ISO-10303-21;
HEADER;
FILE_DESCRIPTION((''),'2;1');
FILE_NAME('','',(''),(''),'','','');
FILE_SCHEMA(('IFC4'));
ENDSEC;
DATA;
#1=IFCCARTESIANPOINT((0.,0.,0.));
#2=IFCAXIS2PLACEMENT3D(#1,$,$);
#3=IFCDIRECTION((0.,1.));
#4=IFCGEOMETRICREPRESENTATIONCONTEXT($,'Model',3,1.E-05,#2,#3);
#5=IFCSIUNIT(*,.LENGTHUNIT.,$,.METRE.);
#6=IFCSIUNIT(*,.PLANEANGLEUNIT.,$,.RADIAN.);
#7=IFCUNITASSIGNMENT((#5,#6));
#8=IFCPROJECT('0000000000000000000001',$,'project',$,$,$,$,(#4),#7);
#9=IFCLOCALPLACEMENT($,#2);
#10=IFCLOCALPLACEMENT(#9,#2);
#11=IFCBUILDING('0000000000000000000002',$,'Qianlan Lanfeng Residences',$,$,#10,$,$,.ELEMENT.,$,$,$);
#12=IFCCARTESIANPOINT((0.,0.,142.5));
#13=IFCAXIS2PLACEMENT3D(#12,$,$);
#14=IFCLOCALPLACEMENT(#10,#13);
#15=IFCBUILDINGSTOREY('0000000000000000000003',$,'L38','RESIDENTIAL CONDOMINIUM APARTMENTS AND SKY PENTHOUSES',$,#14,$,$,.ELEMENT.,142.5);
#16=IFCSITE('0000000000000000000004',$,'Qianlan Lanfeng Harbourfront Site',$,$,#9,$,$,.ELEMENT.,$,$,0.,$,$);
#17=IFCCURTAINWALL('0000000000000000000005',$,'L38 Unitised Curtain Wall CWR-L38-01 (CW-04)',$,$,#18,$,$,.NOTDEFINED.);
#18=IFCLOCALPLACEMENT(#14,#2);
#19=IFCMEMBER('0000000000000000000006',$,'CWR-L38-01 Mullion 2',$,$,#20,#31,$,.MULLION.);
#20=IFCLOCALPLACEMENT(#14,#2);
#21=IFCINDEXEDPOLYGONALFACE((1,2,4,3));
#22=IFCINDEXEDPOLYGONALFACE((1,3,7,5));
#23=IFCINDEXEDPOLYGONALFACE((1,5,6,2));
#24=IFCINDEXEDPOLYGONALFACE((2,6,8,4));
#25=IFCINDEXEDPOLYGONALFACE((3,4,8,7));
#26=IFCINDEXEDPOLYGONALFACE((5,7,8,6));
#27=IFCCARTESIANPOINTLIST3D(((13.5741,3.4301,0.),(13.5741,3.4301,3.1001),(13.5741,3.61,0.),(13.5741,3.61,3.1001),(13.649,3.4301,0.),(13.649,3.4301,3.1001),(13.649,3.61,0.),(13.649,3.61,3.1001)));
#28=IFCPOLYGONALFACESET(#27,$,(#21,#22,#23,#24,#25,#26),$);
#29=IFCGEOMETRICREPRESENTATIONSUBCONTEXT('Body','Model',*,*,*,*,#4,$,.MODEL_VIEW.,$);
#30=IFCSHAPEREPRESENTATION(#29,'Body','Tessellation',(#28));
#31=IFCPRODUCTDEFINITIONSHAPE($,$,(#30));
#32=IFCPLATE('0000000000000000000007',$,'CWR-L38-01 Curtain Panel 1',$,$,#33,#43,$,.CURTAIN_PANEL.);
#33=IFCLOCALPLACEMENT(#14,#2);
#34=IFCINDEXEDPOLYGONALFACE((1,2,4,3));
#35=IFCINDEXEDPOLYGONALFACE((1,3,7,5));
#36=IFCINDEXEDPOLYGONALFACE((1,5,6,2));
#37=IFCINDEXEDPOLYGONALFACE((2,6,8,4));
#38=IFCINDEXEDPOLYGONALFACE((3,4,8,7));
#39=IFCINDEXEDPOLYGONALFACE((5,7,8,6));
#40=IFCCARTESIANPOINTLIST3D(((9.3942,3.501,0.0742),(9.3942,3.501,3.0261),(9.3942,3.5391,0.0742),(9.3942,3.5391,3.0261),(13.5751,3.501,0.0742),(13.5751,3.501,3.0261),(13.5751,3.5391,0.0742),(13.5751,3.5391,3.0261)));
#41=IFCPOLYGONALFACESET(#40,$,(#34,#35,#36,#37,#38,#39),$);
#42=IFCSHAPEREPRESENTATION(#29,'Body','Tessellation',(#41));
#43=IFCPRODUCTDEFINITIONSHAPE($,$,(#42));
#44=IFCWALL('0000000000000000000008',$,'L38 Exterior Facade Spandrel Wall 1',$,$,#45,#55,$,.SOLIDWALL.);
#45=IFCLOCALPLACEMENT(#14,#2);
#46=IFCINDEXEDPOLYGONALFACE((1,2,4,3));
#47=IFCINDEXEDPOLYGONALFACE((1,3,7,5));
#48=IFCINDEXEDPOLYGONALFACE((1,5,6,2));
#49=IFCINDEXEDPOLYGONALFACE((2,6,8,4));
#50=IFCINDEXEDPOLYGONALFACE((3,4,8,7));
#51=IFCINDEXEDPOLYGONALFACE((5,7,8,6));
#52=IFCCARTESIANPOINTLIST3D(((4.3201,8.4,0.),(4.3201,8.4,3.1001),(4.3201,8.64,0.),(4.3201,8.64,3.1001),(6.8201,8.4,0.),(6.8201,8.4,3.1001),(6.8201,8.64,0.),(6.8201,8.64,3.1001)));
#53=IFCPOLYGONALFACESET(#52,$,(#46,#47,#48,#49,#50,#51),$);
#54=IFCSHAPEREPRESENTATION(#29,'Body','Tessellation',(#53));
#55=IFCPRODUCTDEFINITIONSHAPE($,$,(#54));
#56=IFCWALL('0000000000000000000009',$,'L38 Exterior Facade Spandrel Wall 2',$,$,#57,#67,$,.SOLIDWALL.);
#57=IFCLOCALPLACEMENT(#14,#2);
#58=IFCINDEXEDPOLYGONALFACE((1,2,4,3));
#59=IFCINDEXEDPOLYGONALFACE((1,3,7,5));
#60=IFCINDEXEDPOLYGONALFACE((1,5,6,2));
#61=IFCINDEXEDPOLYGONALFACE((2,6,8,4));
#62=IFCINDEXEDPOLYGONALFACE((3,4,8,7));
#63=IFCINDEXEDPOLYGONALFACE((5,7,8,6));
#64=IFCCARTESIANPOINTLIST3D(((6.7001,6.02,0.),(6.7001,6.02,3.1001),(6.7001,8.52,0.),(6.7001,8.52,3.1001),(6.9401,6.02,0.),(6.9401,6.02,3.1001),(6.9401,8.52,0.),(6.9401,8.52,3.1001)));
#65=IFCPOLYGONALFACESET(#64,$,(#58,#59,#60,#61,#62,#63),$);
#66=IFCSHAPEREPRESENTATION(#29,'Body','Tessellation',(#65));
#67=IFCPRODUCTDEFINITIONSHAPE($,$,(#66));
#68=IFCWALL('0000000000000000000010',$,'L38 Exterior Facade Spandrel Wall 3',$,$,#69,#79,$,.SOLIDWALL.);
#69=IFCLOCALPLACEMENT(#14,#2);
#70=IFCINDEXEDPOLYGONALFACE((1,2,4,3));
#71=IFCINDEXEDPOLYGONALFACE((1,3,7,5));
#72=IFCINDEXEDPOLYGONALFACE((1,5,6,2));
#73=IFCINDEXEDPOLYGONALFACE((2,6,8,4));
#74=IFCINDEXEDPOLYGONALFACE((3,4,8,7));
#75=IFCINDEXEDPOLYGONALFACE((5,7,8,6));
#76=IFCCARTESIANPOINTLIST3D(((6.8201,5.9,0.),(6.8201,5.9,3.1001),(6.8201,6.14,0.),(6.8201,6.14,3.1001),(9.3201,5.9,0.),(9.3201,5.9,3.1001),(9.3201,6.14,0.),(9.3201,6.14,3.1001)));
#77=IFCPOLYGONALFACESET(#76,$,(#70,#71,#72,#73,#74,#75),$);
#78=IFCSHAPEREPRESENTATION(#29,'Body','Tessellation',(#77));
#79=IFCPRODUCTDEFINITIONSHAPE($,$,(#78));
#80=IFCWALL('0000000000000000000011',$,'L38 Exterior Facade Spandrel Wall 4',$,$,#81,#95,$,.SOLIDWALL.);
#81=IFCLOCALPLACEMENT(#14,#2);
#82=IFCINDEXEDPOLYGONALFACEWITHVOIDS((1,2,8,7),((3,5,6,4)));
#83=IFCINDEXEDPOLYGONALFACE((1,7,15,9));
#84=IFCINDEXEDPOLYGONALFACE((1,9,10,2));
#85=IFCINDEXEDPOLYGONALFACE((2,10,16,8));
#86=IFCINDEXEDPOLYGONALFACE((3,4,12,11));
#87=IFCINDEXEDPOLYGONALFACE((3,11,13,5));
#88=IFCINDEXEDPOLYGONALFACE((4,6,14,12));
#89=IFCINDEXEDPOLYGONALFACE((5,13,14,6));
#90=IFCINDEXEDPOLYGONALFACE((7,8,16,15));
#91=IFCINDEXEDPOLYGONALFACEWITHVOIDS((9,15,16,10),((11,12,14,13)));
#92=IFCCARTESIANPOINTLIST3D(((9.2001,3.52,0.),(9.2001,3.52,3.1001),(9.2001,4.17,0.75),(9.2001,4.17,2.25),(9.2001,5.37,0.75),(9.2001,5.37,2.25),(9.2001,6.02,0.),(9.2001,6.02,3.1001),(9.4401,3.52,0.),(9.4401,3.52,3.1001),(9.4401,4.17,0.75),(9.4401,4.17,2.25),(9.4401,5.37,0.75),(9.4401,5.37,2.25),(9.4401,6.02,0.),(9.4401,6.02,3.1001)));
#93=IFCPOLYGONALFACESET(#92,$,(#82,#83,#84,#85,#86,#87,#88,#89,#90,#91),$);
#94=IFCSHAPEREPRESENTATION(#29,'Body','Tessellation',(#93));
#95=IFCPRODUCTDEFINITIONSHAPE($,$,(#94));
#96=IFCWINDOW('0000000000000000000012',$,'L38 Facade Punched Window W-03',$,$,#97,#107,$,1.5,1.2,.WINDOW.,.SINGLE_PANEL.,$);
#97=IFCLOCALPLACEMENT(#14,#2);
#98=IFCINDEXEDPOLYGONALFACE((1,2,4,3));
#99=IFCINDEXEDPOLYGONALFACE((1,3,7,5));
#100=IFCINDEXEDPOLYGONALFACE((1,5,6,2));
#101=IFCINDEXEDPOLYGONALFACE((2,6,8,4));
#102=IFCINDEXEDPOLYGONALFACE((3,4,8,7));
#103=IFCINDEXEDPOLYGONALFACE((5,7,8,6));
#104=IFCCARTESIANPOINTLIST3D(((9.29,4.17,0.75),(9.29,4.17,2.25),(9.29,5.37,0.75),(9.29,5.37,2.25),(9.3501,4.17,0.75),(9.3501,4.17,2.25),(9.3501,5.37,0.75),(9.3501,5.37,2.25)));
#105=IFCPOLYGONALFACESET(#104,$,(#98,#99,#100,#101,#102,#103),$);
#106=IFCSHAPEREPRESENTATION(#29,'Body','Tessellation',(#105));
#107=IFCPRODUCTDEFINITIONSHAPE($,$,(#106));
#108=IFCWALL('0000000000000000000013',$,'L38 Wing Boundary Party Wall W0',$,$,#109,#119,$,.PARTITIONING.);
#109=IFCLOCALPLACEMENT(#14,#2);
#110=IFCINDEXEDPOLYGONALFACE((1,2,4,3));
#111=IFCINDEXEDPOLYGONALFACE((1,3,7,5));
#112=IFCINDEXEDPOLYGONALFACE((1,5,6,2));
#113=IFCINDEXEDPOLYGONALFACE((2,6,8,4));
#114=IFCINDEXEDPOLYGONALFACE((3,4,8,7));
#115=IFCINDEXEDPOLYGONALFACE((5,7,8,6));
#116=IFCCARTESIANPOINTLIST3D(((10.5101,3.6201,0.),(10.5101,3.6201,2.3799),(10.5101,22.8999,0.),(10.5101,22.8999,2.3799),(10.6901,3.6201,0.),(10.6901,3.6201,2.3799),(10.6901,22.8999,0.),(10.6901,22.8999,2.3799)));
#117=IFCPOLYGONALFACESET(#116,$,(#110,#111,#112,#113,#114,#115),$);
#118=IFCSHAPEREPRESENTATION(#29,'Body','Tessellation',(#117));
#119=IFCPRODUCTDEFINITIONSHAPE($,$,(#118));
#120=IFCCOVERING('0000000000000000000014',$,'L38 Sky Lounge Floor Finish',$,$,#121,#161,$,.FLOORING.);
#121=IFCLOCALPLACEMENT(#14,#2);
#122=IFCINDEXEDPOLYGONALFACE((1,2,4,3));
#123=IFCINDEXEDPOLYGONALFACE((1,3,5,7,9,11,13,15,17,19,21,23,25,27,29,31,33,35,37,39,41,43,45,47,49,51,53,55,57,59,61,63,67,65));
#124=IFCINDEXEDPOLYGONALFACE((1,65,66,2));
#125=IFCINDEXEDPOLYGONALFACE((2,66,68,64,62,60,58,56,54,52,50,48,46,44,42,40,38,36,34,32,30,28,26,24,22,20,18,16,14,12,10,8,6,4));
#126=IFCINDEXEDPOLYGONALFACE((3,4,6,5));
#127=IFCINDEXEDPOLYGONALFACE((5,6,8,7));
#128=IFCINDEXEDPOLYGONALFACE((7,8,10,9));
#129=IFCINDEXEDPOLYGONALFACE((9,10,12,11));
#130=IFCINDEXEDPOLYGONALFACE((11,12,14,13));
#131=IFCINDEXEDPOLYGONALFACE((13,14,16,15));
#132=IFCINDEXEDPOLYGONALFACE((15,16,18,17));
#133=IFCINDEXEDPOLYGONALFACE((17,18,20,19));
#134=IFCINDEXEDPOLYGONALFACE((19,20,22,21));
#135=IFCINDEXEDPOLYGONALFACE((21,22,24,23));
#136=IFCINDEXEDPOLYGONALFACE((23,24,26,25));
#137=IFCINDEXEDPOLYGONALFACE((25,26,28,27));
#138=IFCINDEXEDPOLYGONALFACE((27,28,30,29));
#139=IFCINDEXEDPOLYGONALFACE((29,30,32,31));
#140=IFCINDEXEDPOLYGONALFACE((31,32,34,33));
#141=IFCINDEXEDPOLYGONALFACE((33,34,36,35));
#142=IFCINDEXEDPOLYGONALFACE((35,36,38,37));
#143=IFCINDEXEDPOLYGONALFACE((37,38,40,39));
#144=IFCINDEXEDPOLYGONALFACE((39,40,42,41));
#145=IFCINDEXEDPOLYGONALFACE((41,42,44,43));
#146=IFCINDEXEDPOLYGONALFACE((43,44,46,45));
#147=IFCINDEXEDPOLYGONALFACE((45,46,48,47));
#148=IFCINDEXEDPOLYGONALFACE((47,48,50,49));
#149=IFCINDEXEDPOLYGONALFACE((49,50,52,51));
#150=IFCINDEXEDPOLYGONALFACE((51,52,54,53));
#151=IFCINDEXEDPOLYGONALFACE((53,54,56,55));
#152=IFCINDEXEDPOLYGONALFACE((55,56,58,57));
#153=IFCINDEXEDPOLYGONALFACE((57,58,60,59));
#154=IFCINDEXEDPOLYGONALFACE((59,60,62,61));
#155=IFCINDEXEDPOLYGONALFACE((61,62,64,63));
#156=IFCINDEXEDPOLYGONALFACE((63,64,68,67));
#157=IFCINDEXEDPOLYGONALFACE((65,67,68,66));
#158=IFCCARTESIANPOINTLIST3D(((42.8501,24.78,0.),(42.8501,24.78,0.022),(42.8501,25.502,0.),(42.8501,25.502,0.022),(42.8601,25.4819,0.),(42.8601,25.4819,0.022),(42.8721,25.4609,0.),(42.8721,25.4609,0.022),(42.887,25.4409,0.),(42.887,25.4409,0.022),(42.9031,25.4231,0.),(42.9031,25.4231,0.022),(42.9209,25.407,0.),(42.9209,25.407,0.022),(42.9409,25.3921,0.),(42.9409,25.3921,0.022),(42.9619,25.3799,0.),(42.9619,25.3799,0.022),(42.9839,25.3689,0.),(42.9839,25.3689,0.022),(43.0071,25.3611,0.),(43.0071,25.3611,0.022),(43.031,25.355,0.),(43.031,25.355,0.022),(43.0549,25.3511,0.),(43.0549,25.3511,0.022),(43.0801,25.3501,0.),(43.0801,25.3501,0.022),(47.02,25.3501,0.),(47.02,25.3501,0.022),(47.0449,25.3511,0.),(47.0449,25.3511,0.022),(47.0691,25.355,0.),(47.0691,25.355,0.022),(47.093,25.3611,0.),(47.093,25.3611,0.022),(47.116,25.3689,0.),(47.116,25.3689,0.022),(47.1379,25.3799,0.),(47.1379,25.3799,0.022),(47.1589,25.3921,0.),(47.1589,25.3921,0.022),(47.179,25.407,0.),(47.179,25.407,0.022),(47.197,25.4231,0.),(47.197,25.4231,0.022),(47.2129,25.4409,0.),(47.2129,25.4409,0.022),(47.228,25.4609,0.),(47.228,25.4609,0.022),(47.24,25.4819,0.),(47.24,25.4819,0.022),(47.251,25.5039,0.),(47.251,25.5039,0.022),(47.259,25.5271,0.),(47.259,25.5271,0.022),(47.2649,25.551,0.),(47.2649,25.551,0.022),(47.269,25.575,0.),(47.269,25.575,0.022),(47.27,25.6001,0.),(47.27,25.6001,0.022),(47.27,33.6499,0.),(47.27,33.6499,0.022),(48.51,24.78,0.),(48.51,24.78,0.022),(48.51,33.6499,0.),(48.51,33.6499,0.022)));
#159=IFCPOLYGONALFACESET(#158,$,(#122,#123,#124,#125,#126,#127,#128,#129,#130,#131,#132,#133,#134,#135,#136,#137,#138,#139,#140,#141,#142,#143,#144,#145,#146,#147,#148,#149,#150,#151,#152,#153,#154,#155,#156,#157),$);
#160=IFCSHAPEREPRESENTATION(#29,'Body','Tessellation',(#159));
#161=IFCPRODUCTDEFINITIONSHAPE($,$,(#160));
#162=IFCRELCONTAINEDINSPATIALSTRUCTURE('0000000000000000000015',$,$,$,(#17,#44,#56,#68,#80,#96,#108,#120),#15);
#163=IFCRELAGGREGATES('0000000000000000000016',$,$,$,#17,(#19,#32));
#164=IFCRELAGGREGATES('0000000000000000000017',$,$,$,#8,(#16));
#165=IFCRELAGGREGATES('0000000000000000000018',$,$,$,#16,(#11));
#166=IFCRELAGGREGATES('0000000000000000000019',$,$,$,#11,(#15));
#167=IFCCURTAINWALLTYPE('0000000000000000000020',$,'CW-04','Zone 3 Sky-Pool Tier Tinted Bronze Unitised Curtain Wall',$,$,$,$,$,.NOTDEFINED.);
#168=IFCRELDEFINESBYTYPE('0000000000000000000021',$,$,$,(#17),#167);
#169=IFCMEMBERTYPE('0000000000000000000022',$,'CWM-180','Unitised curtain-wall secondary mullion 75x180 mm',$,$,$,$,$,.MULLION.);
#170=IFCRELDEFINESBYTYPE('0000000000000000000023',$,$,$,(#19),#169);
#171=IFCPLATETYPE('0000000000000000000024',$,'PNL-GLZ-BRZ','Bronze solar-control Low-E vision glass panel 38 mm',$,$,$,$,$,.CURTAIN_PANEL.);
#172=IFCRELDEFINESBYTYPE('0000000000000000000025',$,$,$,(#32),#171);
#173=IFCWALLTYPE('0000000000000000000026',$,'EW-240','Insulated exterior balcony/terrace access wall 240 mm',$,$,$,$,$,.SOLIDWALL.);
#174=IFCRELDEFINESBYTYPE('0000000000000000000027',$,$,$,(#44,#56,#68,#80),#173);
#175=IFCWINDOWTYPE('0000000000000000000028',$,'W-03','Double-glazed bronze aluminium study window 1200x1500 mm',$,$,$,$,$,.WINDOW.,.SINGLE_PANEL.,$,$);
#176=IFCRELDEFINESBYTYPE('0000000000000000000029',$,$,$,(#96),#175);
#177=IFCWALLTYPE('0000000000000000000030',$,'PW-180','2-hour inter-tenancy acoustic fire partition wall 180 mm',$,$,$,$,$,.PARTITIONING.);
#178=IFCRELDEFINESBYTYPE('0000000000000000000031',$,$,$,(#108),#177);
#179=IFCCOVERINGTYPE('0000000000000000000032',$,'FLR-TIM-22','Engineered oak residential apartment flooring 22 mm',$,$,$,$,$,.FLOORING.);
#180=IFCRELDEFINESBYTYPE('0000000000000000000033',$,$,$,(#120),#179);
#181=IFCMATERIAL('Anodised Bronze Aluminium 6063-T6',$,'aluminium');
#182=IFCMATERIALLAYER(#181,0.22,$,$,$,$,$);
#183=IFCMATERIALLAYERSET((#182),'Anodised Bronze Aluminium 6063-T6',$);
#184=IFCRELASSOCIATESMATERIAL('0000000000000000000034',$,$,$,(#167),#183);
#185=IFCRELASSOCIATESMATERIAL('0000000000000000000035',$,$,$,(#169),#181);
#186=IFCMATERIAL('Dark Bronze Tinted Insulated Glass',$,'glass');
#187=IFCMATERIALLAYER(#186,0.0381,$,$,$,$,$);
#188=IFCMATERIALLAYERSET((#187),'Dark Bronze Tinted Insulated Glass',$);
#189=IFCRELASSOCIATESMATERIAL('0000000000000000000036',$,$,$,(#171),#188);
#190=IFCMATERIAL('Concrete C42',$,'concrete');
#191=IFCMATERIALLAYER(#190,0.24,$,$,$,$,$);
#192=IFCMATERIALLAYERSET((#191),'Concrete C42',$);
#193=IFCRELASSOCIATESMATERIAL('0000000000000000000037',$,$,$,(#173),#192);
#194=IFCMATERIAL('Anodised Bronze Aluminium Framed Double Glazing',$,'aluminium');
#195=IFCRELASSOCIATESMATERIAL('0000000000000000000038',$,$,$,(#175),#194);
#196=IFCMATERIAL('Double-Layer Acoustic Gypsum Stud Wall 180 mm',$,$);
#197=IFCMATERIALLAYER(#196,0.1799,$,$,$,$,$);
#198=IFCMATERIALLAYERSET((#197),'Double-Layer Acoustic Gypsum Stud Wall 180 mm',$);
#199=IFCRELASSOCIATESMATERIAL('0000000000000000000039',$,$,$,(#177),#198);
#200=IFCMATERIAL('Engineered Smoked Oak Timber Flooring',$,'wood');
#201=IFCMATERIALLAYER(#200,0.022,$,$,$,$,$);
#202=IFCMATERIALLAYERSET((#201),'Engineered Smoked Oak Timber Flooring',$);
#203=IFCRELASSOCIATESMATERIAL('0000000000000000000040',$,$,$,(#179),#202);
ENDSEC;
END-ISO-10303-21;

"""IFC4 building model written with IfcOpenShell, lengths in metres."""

from ifc_helpers import new_model, si_unit, direction, frame, frame_2d, origin, origin_2d, place, context, subcontext, project, spatial, polyline, rectangle, outline, extrude, source, transform, mapped, material, layer, layer_set, material_profile, profile_set, type_object, element, fill, aggregate, save


model = new_model("IFC4")

# Units and contexts
model_context = context("Model", 3, precision=1e-05, world=origin(), true_north=direction((0.0, 1.0)))
body_context = subcontext(model_context, "Body", "Model", "MODEL_VIEW")
ifc_project = project(units=[si_unit("LENGTHUNIT", "METRE"), si_unit("PLANEANGLEUNIT", "RADIAN")], contexts=[model_context])

# Site, building, storey
site_placement = place(None, origin())
site = spatial("IfcSite", under=ifc_project, at=site_placement, Name="Qianlan Lanfeng Harbourfront Site", CompositionType="ELEMENT", RefElevation=0.0)
building_placement = place(site_placement, origin())
building = spatial("IfcBuilding", under=site, at=building_placement, Name="Qianlan Lanfeng Residences", CompositionType="ELEMENT")
storey_placement = place(building_placement, frame((0.0, 0.0, 142.5)))
storey = spatial("IfcBuildingStorey", under=building, at=storey_placement, Name="L38", Description="RESIDENTIAL CONDOMINIUM APARTMENTS AND SKY PENTHOUSES", CompositionType="ELEMENT", Elevation=142.5)

# Curtain wall, member, plate
ifc_material_1 = material(Name="Anodised Bronze Aluminium 6063-T6", Category="aluminium")
ifc_layer_1 = layer(ifc_material_1, 0.22)
ifc_layer_set_1 = layer_set([ifc_layer_1], Name="Anodised Bronze Aluminium 6063-T6")
curtain_wall_type = type_object("IfcCurtainWallType", Name="CW-04", Description="Zone 3 Sky-Pool Tier Tinted Bronze Unitised Curtain Wall", PredefinedType="NOTDEFINED", material=ifc_layer_set_1)
curtain_wall_placement = place(storey_placement, origin())
curtain_wall = element("IfcCurtainWall", 1, at=curtain_wall_placement, inside=storey, type_object=curtain_wall_type, Name="L38 Unitised Curtain Wall CWR-L38-01 (CW-04)", PredefinedType="NOTDEFINED")
ifc_material_profile_1 = material_profile(ifc_material_1, rectangle(XDim=0.075, YDim=0.1799, at=origin_2d()), Name="ALU MULLION 75x180")
ifc_profile_set_1 = profile_set([ifc_material_profile_1], Name="Anodised Bronze Aluminium 6063-T6")
member_type_1 = type_object("IfcMemberType", Name="CWM-180", Description="Unitised curtain-wall secondary mullion 75x180 mm", PredefinedType="MULLION", material=ifc_profile_set_1)
shared_shape_1 = source(origin(), body_context, "Body", "SweptSolid", [
    extrude(rectangle(XDim=0.075, YDim=0.1799, at=origin_2d()), origin(), (0.0, 0.0, 1.0), 3.1001),
])
member_1_placement = place(storey_placement, frame((13.6116, 3.52, 0.0), z_axis=(0.0, 0.0, 1.0), x_axis=(1.0, 0.0, 0.0)))
member_1 = element("IfcMember", 2, at=member_1_placement, type_object=member_type_1, Name="CWR-L38-01 Mullion 2", PredefinedType="MULLION", context=body_context, shape_type="MappedRepresentation", body=[
    mapped(shared_shape_1, transform((0.0, 0.0, 0.0), scale=1.0)),
])
ifc_material_2 = material(Name="Dark Bronze Tinted Insulated Glass", Category="glass")
ifc_layer_2 = layer(ifc_material_2, 0.0381)
ifc_layer_set_2 = layer_set([ifc_layer_2], Name="Dark Bronze Tinted Insulated Glass")
plate_type = type_object("IfcPlateType", Name="PNL-GLZ-BRZ", Description="Bronze solar-control Low-E vision glass panel 38 mm", PredefinedType="CURTAIN_PANEL", material=ifc_layer_set_2)
shared_shape_2 = source(origin(), body_context, "Body", "SweptSolid", [
    extrude(rectangle(XDim=4.1809, YDim=0.0381, at=origin_2d()), origin(), (0.0, 0.0, 1.0), 2.9519),
])
plate_placement = place(storey_placement, frame((11.4846, 3.52, 0.0742), z_axis=(0.0, 0.0, 1.0), x_axis=(1.0, 0.0, 0.0)))
plate = element("IfcPlate", 3, at=plate_placement, type_object=plate_type, Name="CWR-L38-01 Curtain Panel 1", PredefinedType="CURTAIN_PANEL", context=body_context, shape_type="MappedRepresentation", body=[
    mapped(shared_shape_2, transform((0.0, 0.0, 0.0), scale=1.0)),
])
aggregate(curtain_wall, [member_1, plate])

# Walls
ifc_material_3 = material(Name="Concrete C42", Category="concrete")
ifc_layer_3 = layer(ifc_material_3, 0.24)
ifc_layer_set_3 = layer_set([ifc_layer_3], Name="Concrete C42")
wall_type_1 = type_object("IfcWallType", Name="EW-240", Description="Insulated exterior balcony/terrace access wall 240 mm", PredefinedType="SOLIDWALL", material=ifc_layer_set_3)
for number, where, z_axis, x_axis, name in (
    (4, (4.3201, 8.52, 0.0), (0.0, 0.0, 1.0), (1.0, 0.0, 0.0), "L38 Exterior Facade Spandrel Wall 1"),
    (5, (6.8201, 8.52, 0.0), (0.0, 0.0, 1.0), (0.0, -1.0, 0.0), "L38 Exterior Facade Spandrel Wall 2"),
    (6, (6.8201, 6.02, 0.0), (0.0, 0.0, 1.0), (1.0, 0.0, 0.0), "L38 Exterior Facade Spandrel Wall 3"),
):
    element("IfcWall", number, at=place(storey_placement, frame(where, z_axis=z_axis, x_axis=x_axis)), inside=storey, type_object=wall_type_1, Name=name, PredefinedType="SOLIDWALL", context=body_context, shape_type="SweptSolid", body=[
        extrude(rectangle(XDim=2.5, YDim=0.24, at=frame_2d((1.25, 0.0))), origin(), (0.0, 0.0, 1.0), 3.1001),
    ])

# Wall, opening, window
wall_1_placement = place(storey_placement, frame((9.3201, 6.02, 0.0), z_axis=(0.0, 0.0, 1.0), x_axis=(0.0, -1.0, 0.0)))
wall_1 = element("IfcWall", 7, at=wall_1_placement, inside=storey, type_object=wall_type_1, Name="L38 Exterior Facade Spandrel Wall 4", PredefinedType="SOLIDWALL", context=body_context, shape_type="SweptSolid", body=[
    extrude(rectangle(XDim=2.5, YDim=0.24, at=frame_2d((1.25, 0.0))), origin(), (0.0, 0.0, 1.0), 3.1001),
])
opening_placement = place(wall_1_placement, frame((0.6499, 0.0, 0.75)))
opening = element("IfcOpeningElement", 8, at=opening_placement, cuts=wall_1, PredefinedType="OPENING", context=body_context, shape_type="SweptSolid", body=[
    extrude(rectangle(XDim=1.2, YDim=1.5, at=frame_2d((0.6001, 0.75))), frame((0.0, 0.1299, 0.0), z_axis=(0.0, -1.0, 0.0), x_axis=(1.0, 0.0, 0.0)), (0.0, 0.0, 1.0), 0.26),
])
ifc_material_4 = material(Name="Anodised Bronze Aluminium Framed Double Glazing", Category="aluminium")
window_type = type_object("IfcWindowType", Name="W-03", Description="Double-glazed bronze aluminium study window 1200x1500 mm", PartitioningType="SINGLE_PANEL", PredefinedType="WINDOW", material=ifc_material_4)
window_placement = place(opening_placement, origin())
window = element("IfcWindow", 9, at=window_placement, inside=storey, type_object=window_type, Name="L38 Facade Punched Window W-03", OverallHeight=1.5, OverallWidth=1.2, PartitioningType="SINGLE_PANEL", PredefinedType="WINDOW", context=body_context, shape_type="SweptSolid", body=[
    extrude(rectangle(XDim=1.2, YDim=1.5, at=frame_2d((0.6001, 0.75))), frame((0.0, 0.03, 0.0), z_axis=(0.0, -1.0, 0.0), x_axis=(1.0, 0.0, 0.0)), (0.0, 0.0, 1.0), 0.0601),
])
fill(opening, window)

# Wall
ifc_material_5 = material(Name="Double-Layer Acoustic Gypsum Stud Wall 180 mm")
ifc_layer_4 = layer(ifc_material_5, 0.1799)
ifc_layer_set_4 = layer_set([ifc_layer_4], Name="Double-Layer Acoustic Gypsum Stud Wall 180 mm")
wall_type_2 = type_object("IfcWallType", Name="PW-180", Description="2-hour inter-tenancy acoustic fire partition wall 180 mm", PredefinedType="PARTITIONING", material=ifc_layer_set_4)
wall_2_placement = place(storey_placement, frame((10.6001, 3.6201, 0.0), z_axis=(0.0, 0.0, 1.0), x_axis=(0.0, 1.0, 0.0)))
element("IfcWall", 10, at=wall_2_placement, inside=storey, type_object=wall_type_2, Name="L38 Wing Boundary Party Wall W0", PredefinedType="PARTITIONING", context=body_context, shape_type="SweptSolid", body=[
    extrude(rectangle(XDim=19.2798, YDim=0.1799, at=frame_2d((9.6399, 0.0))), origin(), (0.0, 0.0, 1.0), 2.3799),
])

# Covering
ifc_material_6 = material(Name="Engineered Smoked Oak Timber Flooring", Category="wood")
ifc_layer_5 = layer(ifc_material_6, 0.022)
ifc_layer_set_5 = layer_set([ifc_layer_5], Name="Engineered Smoked Oak Timber Flooring")
covering_type = type_object("IfcCoveringType", Name="FLR-TIM-22", Description="Engineered oak residential apartment flooring 22 mm", PredefinedType="FLOORING", material=ifc_layer_set_5)
covering_1_placement = place(storey_placement, origin())
element("IfcCovering", 11, at=covering_1_placement, inside=storey, type_object=covering_type, Name="L38 Sky Lounge Floor Finish", PredefinedType="FLOORING", context=body_context, shape_type="SweptSolid", body=[
    extrude(outline(polyline([(48.51, 33.6499), (47.27, 33.6499), (47.27, 25.6001), (47.269, 25.575), (47.2649, 25.551), (47.259, 25.5271), (47.251, 25.5039), (47.24, 25.4819), (47.228, 25.4609), (47.2129, 25.4409), (47.197, 25.4231), (47.179, 25.407), (47.1589, 25.3921), (47.1379, 25.3799), (47.116, 25.3689), (47.093, 25.3611), (47.0691, 25.355), (47.0449, 25.3511), (47.02, 25.3501), (43.0801, 25.3501), (43.0549, 25.3511), (43.031, 25.355), (43.0071, 25.3611), (42.9839, 25.3689), (42.9619, 25.3799), (42.9409, 25.3921), (42.9209, 25.407), (42.9031, 25.4231), (42.887, 25.4409), (42.8721, 25.4609), (42.8601, 25.4819), (42.8501, 25.502), (42.8501, 24.78), (48.51, 24.78), (48.51, 33.6499)])), origin(), (0.0, 0.0, 1.0), 0.022),
])

save(model, "model.ifc")
